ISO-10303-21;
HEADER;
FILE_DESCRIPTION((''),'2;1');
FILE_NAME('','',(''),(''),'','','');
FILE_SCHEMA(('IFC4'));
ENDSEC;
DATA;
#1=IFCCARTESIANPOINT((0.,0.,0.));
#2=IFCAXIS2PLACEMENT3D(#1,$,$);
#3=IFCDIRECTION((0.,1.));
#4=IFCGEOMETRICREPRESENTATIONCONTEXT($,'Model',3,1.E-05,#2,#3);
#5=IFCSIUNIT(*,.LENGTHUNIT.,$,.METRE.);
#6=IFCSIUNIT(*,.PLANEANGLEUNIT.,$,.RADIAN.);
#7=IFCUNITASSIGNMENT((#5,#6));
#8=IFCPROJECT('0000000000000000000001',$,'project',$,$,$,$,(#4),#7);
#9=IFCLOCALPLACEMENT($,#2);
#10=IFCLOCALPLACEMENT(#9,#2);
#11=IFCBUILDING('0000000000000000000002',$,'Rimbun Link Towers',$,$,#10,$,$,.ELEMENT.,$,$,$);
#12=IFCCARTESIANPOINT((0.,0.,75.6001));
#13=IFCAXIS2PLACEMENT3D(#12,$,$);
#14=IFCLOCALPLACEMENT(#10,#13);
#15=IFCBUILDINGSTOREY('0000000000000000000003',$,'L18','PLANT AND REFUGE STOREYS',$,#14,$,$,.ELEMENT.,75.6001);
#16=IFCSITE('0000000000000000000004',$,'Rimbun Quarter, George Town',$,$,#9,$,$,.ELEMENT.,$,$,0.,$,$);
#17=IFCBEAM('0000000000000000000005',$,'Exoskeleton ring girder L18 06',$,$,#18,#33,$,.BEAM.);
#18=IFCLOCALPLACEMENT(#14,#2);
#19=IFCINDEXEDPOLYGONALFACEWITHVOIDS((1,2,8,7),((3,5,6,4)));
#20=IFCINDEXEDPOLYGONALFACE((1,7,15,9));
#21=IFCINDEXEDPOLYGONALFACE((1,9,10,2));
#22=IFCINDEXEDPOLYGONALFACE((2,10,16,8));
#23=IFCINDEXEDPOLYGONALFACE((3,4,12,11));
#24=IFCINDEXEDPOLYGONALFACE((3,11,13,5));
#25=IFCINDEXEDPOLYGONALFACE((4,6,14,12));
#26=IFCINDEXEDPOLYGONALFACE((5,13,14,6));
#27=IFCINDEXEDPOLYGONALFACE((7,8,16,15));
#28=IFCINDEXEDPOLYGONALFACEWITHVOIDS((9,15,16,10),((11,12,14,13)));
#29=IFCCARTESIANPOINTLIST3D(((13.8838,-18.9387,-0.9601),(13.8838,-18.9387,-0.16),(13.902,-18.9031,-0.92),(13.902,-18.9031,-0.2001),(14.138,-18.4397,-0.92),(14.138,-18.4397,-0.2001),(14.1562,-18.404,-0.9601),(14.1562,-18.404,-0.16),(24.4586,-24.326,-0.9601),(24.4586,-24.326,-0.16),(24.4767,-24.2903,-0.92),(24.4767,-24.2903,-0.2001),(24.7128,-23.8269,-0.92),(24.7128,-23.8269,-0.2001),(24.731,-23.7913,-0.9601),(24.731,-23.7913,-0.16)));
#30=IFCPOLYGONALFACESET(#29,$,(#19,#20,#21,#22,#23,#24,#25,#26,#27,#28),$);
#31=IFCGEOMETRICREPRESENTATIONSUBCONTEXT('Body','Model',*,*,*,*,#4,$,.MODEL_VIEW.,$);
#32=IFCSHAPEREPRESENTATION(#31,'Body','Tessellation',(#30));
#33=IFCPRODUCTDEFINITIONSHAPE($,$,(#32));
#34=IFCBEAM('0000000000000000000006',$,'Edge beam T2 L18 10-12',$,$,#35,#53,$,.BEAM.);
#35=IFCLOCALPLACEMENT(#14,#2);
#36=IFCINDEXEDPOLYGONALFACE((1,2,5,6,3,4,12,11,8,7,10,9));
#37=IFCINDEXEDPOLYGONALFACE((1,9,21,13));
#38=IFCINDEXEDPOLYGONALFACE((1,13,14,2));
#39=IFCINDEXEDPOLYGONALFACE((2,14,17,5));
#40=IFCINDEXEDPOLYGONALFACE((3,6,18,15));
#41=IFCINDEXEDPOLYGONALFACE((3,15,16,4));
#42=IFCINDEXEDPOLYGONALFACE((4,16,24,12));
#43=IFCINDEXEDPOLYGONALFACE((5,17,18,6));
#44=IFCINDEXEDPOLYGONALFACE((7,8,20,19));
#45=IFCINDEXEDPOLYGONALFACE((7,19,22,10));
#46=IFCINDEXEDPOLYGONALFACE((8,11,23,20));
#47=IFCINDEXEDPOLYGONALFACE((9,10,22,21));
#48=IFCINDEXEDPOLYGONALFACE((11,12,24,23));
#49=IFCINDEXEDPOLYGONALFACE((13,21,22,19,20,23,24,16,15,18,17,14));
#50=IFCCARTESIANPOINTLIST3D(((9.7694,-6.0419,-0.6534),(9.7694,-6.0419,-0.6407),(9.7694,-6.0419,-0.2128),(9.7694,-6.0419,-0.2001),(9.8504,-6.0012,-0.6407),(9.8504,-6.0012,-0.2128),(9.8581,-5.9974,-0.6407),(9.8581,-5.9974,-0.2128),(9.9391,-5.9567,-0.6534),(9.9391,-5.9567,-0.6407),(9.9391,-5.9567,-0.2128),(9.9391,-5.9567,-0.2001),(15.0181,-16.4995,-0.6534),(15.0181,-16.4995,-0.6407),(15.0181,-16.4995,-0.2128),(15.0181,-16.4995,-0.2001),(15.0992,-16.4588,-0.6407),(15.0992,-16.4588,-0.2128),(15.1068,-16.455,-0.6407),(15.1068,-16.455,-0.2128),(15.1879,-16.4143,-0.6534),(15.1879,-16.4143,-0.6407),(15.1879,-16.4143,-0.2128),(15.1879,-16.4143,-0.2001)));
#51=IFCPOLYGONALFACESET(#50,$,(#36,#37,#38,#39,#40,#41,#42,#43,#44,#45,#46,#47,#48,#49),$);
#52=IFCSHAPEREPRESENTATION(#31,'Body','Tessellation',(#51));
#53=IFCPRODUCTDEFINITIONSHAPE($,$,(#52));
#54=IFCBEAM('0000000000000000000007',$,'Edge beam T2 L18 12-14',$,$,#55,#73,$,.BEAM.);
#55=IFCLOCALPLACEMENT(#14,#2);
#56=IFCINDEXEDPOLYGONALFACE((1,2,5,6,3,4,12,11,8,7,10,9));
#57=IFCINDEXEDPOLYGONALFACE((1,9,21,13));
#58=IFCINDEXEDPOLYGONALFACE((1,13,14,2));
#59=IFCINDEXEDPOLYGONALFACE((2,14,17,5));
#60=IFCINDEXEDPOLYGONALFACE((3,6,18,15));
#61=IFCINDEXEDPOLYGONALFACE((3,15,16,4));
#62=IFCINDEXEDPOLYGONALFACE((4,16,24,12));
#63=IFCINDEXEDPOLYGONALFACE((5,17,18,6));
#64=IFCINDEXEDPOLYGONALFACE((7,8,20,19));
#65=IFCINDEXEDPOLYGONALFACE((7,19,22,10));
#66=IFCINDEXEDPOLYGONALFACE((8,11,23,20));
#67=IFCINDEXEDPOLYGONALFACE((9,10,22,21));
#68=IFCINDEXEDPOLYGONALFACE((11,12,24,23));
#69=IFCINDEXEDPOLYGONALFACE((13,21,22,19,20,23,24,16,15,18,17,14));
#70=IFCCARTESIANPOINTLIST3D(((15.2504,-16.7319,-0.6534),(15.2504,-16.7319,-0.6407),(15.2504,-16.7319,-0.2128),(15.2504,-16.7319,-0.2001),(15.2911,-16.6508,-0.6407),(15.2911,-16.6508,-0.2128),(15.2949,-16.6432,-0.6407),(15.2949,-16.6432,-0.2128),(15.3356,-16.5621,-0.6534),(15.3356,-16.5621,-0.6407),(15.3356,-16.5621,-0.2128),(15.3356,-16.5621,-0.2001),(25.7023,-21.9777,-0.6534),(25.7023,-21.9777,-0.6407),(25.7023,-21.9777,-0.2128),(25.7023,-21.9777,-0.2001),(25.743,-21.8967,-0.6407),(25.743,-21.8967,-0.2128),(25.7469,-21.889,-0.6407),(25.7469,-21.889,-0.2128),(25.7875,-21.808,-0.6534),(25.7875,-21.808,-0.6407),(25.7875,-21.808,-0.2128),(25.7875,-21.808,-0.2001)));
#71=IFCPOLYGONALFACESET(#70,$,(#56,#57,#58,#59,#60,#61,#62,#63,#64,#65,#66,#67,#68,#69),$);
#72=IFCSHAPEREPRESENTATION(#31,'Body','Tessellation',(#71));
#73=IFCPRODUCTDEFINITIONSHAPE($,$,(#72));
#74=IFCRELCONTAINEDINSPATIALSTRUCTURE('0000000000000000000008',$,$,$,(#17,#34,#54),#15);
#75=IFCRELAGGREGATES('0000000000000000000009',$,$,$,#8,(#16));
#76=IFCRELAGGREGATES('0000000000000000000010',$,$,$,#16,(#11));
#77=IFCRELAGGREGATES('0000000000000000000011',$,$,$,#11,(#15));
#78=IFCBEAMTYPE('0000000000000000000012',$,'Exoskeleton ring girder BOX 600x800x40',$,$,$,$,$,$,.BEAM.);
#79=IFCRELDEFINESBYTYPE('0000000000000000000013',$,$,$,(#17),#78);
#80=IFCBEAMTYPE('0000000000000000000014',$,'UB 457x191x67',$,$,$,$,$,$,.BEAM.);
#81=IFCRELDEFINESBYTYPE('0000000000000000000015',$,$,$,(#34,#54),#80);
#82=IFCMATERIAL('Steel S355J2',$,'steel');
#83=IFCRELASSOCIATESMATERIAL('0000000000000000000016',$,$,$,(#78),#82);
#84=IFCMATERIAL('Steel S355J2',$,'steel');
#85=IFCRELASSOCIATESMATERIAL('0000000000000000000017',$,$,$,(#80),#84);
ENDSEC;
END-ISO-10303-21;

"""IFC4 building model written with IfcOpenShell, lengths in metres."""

from ifc_helpers import new_model, si_unit, direction, frame, origin, origin_2d, place, context, subcontext, project, spatial, hollow_rectangle, i_section, extrude, material, material_profile, profile_set, type_object, element, save


model = new_model("IFC4")

# Units and contexts
model_context = context("Model", 3, precision=1e-05, world=origin(), true_north=direction((0.0, 1.0)))
body_context = subcontext(model_context, "Body", "Model", "MODEL_VIEW")
ifc_project = project(units=[si_unit("LENGTHUNIT", "METRE"), si_unit("PLANEANGLEUNIT", "RADIAN")], contexts=[model_context])

# Site, building, storey
site_placement = place(None, origin())
site = spatial("IfcSite", under=ifc_project, at=site_placement, Name="Rimbun Quarter, George Town", CompositionType="ELEMENT", RefElevation=0.0)
building_placement = place(site_placement, origin())
building = spatial("IfcBuilding", under=site, at=building_placement, Name="Rimbun Link Towers", CompositionType="ELEMENT")
storey_placement = place(building_placement, frame((0.0, 0.0, 75.6001)))
storey = spatial("IfcBuildingStorey", under=building, at=storey_placement, Name="L18", Description="PLANT AND REFUGE STOREYS", CompositionType="ELEMENT", Elevation=75.6001)

# Beams
ifc_material_1 = material(Name="Steel S355J2", Category="steel")
ifc_material_profile_1 = material_profile(ifc_material_1, hollow_rectangle(XDim=0.6001, YDim=0.8, WallThickness=0.04, at=origin_2d()), Name="Exoskeleton ring girder BOX 600x800x40")
ifc_profile_set_1 = profile_set([ifc_material_profile_1], Name="Steel S355J2")
beam_type_1 = type_object("IfcBeamType", Name="Exoskeleton ring girder BOX 600x800x40", PredefinedType="BEAM", material=ifc_profile_set_1)
for number, where, z_axis, x_axis, name in (
    (1, (14.02, -18.6714, -0.5601), (0.891036, -0.453932, 0.0), (0.453932, 0.891036, 0.0), "Exoskeleton ring girder L18 06"),
):
    element("IfcBeam", number, at=place(storey_placement, frame(where, z_axis=z_axis, x_axis=x_axis)), inside=storey, type_object=beam_type_1, Name=name, PredefinedType="BEAM", context=body_context, shape_type="SweptSolid", body=[
        extrude(hollow_rectangle(XDim=0.6001, YDim=0.8, WallThickness=0.04, at=origin_2d()), origin(), (0.0, 0.0, 1.0), 11.8679),
    ])
ifc_material_2 = material(Name="Steel S355J2", Category="steel")
ifc_material_profile_2 = material_profile(ifc_material_2, i_section(OverallWidth=0.1899, OverallDepth=0.4534, WebThickness=0.0085, FlangeThickness=0.0127, at=origin_2d()), Name="UB 457x191x67")
ifc_profile_set_2 = profile_set([ifc_material_profile_2], Name="Steel S355J2")
beam_type_2 = type_object("IfcBeamType", Name="UB 457x191x67", PredefinedType="BEAM", material=ifc_profile_set_2)
beam_1_placement = place(storey_placement, frame((9.8542, -5.9993, -0.4268), z_axis=(0.448573, -0.893746, 0.0), x_axis=(0.893746, 0.448573, 0.0)))
element("IfcBeam", 2, at=beam_1_placement, inside=storey, type_object=beam_type_2, Name="Edge beam T2 L18 10-12", PredefinedType="BEAM", context=body_context, shape_type="SweptSolid", body=[
    extrude(i_section(OverallWidth=0.1899, OverallDepth=0.4534, WebThickness=0.0085, FlangeThickness=0.0127, at=origin_2d()), origin(), (0.0, 0.0, 1.0), 11.7009),
])
beam_2_placement = place(storey_placement, frame((15.293, -16.647, -0.4268), z_axis=(0.893746, -0.448574, 0.0), x_axis=(0.448574, 0.893746, 0.0)))
element("IfcBeam", 3, at=beam_2_placement, inside=storey, type_object=beam_type_2, Name="Edge beam T2 L18 12-14", PredefinedType="BEAM", context=body_context, shape_type="SweptSolid", body=[
    extrude(i_section(OverallWidth=0.1899, OverallDepth=0.4534, WebThickness=0.0085, FlangeThickness=0.0127, at=origin_2d()), origin(), (0.0, 0.0, 1.0), 11.6946),
])

save(model, "model.ifc")
